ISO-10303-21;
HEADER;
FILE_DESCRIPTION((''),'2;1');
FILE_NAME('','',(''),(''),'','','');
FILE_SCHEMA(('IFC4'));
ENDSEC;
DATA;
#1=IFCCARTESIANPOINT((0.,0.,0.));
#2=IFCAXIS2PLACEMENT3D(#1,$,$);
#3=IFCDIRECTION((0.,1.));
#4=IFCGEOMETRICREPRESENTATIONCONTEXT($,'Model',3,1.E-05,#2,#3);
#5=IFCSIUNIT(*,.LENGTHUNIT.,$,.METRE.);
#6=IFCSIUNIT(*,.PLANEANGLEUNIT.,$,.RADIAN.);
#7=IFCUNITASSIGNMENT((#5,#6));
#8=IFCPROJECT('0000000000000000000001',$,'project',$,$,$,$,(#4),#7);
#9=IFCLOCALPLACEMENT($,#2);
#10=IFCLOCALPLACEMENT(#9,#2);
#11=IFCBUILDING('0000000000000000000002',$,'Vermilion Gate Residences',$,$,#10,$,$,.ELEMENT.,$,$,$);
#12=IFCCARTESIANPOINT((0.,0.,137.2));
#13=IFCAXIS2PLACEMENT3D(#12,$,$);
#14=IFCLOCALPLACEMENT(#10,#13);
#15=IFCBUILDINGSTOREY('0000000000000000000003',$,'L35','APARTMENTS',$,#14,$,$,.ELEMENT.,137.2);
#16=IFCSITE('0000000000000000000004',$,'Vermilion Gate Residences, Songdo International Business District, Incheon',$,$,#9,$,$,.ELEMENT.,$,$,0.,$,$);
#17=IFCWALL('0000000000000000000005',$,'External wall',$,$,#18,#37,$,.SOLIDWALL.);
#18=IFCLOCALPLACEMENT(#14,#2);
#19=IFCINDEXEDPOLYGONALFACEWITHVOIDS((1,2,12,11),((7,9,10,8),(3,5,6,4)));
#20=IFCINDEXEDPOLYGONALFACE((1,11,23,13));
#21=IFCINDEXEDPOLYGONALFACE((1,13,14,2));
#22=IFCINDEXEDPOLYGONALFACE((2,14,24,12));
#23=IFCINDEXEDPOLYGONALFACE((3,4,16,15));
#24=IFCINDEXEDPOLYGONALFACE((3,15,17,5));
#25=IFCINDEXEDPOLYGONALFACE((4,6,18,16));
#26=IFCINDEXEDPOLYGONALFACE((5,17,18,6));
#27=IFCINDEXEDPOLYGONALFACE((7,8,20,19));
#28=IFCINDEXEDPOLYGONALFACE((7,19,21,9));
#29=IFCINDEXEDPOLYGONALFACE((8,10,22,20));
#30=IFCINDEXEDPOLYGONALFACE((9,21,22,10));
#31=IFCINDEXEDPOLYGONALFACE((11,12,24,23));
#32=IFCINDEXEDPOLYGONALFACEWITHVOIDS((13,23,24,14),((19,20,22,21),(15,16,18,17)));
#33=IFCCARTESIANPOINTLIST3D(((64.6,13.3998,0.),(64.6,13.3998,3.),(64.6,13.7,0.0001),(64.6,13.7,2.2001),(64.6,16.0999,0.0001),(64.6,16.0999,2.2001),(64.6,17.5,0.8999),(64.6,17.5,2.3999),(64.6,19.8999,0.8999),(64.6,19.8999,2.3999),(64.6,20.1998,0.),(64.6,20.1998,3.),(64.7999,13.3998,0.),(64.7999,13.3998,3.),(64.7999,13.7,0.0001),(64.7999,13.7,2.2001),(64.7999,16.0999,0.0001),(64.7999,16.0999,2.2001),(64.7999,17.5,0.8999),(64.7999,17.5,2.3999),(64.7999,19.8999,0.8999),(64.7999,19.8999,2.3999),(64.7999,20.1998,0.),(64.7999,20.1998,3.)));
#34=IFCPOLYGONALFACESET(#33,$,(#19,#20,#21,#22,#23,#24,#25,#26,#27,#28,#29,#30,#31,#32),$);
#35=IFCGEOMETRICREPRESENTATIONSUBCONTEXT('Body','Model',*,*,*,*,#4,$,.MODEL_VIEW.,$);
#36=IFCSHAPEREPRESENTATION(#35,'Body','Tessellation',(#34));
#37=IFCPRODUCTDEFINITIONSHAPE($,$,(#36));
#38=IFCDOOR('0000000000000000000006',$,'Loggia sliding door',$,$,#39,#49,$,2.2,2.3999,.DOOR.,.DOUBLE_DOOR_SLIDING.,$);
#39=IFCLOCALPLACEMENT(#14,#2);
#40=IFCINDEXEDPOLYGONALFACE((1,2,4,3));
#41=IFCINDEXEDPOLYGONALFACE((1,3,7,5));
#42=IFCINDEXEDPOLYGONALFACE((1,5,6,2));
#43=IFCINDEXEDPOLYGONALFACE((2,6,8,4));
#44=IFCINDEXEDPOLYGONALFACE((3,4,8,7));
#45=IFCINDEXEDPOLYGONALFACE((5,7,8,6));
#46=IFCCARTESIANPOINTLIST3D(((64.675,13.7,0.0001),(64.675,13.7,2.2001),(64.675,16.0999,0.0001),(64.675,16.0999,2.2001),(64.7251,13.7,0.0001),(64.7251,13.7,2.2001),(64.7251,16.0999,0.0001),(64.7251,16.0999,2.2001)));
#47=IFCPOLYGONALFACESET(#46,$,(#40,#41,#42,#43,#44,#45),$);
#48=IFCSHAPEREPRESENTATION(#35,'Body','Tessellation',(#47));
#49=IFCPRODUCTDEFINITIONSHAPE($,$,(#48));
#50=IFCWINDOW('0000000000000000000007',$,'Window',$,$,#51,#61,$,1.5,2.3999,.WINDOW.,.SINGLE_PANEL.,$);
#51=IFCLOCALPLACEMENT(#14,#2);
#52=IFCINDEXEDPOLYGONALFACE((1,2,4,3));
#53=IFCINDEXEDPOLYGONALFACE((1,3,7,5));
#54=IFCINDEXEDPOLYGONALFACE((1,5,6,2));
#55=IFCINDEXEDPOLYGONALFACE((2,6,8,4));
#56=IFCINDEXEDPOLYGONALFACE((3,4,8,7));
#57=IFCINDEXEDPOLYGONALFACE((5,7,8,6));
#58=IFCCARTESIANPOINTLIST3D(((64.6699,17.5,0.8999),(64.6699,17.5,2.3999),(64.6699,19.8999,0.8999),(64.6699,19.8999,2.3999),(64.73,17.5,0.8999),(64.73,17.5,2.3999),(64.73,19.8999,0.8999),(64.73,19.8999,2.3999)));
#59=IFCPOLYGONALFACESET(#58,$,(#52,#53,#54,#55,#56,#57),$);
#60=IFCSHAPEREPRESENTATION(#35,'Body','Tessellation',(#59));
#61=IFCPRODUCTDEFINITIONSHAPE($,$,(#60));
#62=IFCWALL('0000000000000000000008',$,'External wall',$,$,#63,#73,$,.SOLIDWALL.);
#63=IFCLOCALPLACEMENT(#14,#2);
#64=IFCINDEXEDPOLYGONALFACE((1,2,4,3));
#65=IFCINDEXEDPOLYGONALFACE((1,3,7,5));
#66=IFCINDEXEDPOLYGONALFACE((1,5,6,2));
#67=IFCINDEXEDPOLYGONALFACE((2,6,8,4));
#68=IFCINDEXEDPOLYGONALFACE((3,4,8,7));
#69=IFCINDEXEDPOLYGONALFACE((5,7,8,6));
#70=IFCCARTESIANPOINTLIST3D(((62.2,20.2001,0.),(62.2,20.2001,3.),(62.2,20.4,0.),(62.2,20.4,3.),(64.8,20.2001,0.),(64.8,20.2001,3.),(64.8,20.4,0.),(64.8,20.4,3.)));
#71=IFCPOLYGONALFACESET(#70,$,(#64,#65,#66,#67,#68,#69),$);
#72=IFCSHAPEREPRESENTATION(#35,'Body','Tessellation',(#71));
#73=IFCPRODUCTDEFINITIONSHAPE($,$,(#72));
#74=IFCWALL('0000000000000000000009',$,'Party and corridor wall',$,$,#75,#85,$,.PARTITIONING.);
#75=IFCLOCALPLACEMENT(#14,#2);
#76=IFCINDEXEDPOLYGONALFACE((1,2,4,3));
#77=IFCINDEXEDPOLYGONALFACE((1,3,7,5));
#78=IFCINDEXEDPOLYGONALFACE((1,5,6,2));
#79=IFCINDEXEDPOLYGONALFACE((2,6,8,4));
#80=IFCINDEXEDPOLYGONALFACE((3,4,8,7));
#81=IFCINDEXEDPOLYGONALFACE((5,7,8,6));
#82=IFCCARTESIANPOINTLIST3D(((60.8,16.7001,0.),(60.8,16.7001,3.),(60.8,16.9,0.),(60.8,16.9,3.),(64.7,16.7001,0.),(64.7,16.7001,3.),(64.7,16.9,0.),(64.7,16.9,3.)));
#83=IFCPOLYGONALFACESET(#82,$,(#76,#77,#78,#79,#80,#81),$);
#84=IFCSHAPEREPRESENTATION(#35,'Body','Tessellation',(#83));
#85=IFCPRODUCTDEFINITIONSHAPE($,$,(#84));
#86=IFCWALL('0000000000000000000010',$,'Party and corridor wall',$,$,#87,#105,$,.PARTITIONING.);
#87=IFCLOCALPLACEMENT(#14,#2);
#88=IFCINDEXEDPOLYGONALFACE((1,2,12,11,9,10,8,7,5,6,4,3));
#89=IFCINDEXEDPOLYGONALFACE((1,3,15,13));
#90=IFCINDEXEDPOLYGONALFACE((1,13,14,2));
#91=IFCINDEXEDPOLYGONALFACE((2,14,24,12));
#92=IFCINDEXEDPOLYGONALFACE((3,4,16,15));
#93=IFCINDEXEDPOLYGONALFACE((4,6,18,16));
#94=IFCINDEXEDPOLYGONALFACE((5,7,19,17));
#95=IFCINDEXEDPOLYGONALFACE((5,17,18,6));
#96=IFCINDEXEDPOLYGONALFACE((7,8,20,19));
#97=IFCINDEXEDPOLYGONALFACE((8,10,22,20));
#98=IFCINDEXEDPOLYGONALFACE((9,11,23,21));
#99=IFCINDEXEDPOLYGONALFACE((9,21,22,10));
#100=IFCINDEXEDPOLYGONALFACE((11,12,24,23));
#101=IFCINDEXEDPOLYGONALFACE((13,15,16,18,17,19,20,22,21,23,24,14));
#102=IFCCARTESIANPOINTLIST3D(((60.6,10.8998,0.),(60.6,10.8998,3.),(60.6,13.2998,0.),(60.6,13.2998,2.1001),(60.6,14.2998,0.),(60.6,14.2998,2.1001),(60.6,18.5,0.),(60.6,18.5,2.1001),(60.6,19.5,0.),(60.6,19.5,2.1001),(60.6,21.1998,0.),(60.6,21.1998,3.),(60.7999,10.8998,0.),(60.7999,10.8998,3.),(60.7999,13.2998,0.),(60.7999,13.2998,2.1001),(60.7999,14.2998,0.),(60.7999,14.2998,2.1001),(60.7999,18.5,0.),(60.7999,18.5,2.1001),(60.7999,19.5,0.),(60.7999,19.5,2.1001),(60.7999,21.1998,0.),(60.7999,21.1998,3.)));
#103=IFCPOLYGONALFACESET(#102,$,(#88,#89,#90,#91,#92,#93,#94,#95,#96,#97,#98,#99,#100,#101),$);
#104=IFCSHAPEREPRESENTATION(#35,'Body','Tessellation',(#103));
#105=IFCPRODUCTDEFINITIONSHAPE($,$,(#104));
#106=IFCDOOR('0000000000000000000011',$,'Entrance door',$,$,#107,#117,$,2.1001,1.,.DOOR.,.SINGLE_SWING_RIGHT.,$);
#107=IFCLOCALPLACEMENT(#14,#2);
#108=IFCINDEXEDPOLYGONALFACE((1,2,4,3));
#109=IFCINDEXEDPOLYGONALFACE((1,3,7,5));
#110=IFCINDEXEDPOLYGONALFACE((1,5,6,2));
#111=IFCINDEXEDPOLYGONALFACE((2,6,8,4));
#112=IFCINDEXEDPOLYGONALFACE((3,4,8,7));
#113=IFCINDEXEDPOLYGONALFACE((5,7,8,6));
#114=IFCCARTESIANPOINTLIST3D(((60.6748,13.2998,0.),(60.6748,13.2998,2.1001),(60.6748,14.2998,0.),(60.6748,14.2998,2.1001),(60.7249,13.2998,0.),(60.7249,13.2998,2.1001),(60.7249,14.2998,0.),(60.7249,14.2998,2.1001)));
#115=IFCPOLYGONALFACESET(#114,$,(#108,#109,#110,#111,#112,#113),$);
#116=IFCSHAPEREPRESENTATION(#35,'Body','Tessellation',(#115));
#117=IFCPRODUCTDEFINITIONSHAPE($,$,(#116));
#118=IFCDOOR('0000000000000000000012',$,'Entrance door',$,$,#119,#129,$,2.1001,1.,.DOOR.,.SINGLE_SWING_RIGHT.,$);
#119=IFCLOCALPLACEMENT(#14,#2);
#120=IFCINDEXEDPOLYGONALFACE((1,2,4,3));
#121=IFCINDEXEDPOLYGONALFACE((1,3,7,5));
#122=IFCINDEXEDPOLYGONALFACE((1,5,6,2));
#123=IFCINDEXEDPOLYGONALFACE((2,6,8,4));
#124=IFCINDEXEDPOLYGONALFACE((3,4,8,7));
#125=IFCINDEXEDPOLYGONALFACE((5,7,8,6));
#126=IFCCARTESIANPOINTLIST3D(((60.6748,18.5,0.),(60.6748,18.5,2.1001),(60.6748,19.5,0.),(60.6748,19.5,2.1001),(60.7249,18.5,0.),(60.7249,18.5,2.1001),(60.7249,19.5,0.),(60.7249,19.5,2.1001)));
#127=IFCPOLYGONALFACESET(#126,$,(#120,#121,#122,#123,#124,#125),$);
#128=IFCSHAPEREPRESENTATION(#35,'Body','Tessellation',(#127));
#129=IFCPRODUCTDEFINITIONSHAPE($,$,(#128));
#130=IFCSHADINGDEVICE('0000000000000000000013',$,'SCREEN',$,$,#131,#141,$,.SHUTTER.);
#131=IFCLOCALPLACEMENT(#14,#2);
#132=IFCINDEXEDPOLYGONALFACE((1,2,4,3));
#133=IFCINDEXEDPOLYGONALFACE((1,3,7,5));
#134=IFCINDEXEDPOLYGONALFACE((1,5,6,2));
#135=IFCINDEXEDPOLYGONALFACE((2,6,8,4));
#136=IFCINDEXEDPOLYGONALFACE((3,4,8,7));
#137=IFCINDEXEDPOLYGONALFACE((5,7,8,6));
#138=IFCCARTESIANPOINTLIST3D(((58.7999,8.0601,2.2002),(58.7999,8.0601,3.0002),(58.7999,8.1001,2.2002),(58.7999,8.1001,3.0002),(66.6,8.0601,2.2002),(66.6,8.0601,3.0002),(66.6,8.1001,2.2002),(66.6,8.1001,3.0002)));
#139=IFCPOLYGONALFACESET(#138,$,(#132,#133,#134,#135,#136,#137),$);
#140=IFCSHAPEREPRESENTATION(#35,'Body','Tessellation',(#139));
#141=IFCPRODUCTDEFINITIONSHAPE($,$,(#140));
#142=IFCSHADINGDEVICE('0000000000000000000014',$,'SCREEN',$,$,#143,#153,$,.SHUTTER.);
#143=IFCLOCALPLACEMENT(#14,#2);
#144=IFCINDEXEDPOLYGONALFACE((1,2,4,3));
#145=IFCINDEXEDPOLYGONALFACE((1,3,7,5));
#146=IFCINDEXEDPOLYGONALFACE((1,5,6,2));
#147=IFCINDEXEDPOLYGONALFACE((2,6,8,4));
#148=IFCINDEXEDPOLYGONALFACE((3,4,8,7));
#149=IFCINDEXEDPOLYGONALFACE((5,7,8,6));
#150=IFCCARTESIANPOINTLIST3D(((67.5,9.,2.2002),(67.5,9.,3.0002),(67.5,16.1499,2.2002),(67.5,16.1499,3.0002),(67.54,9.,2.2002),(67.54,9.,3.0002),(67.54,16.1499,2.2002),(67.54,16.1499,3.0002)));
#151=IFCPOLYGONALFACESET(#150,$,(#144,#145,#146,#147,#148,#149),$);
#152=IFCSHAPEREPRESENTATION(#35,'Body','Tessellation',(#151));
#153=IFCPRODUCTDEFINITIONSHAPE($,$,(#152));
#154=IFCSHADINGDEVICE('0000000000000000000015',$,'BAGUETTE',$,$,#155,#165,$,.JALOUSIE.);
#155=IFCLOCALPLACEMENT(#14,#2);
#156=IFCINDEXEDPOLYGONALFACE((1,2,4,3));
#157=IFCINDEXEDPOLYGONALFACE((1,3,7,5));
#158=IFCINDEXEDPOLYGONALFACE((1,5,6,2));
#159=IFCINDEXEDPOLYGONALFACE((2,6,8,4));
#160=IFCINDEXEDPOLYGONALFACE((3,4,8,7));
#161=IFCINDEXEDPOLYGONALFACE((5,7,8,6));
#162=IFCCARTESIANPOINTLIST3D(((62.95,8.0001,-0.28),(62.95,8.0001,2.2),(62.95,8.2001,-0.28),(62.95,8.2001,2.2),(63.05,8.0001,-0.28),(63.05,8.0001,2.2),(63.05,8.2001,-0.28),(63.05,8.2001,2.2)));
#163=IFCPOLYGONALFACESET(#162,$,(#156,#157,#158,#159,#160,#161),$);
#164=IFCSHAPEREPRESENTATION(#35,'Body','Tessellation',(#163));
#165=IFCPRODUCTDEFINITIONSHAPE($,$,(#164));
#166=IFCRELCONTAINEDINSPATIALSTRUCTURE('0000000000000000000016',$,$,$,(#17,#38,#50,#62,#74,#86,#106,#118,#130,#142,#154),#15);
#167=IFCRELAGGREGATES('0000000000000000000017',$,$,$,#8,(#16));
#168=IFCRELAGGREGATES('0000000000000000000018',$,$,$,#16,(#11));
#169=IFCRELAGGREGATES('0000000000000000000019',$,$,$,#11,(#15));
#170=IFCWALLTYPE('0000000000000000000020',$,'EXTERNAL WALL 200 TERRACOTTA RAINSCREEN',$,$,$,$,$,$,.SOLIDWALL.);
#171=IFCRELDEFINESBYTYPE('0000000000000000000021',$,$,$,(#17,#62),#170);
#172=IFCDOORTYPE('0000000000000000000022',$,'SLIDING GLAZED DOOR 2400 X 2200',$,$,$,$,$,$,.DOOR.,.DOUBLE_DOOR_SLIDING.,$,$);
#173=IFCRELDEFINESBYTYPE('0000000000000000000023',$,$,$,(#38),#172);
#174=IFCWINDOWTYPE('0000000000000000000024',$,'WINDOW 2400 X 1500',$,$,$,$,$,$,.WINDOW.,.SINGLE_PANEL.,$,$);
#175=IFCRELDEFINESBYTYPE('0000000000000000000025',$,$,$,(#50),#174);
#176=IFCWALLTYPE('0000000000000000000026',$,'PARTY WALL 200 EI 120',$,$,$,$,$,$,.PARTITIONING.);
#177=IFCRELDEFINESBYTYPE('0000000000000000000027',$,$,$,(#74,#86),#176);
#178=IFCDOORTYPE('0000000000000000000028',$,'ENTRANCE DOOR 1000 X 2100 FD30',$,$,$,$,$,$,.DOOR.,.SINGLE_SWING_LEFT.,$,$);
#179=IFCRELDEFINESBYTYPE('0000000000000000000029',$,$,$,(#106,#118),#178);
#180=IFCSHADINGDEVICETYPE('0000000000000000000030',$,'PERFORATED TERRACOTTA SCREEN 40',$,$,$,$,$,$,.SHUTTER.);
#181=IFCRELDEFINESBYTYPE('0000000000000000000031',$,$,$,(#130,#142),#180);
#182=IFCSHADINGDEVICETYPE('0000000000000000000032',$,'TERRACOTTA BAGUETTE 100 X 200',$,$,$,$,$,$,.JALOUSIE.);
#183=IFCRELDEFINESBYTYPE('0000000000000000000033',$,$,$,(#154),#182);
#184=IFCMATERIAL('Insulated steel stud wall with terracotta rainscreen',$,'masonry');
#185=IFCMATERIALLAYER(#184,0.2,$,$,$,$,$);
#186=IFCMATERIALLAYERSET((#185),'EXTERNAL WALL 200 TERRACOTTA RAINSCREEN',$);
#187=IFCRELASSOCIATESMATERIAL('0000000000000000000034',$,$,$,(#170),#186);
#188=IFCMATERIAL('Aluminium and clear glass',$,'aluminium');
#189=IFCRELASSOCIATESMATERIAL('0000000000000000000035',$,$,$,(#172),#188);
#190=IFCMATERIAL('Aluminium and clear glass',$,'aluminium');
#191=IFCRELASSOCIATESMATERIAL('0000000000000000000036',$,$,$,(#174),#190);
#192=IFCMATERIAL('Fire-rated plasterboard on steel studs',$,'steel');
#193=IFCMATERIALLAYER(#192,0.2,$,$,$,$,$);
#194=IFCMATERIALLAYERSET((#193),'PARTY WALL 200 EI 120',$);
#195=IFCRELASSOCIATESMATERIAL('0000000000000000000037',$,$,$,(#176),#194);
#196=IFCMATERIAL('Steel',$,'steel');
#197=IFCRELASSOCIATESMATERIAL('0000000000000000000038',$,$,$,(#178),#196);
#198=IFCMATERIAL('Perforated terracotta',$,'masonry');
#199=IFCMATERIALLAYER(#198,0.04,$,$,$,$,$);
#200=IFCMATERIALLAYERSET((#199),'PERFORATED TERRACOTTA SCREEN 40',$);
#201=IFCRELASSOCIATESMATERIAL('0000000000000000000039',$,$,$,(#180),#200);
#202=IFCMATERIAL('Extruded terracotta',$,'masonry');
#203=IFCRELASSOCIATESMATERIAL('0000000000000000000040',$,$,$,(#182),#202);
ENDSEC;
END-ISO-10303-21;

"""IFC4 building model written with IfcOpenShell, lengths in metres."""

from ifc_helpers import new_model, si_unit, direction, frame, frame_2d, origin, origin_2d, place, context, subcontext, project, spatial, rectangle, extrude, material, layer, layer_set, material_profile, profile_set, type_object, element, fill, save


model = new_model("IFC4")

# Units and contexts
model_context = context("Model", 3, precision=1e-05, world=origin(), true_north=direction((0.0, 1.0)))
body_context = subcontext(model_context, "Body", "Model", "MODEL_VIEW")
ifc_project = project(units=[si_unit("LENGTHUNIT", "METRE"), si_unit("PLANEANGLEUNIT", "RADIAN")], contexts=[model_context])

# Site, building, storey
site_placement = place(None, origin())
site = spatial("IfcSite", under=ifc_project, at=site_placement, Name="Vermilion Gate Residences, Songdo International Business District, Incheon", CompositionType="ELEMENT", RefElevation=0.0)
building_placement = place(site_placement, origin())
building = spatial("IfcBuilding", under=site, at=building_placement, Name="Vermilion Gate Residences", CompositionType="ELEMENT")
storey_placement = place(building_placement, frame((0.0, 0.0, 137.2)))
storey = spatial("IfcBuildingStorey", under=building, at=storey_placement, Name="L35", Description="APARTMENTS", CompositionType="ELEMENT", Elevation=137.2)

# Shared definitions
ifc_material_1 = material(Name="Insulated steel stud wall with terracotta rainscreen", Category="masonry")
ifc_layer_1 = layer(ifc_material_1, 0.2)
ifc_layer_set_1 = layer_set([ifc_layer_1], Name="EXTERNAL WALL 200 TERRACOTTA RAINSCREEN")
wall_type_1 = type_object("IfcWallType", Name="EXTERNAL WALL 200 TERRACOTTA RAINSCREEN", PredefinedType="SOLIDWALL", material=ifc_layer_set_1)

# Wall, openings, door, window
wall_1_placement = place(storey_placement, frame((64.7, 13.3999, 0.0), z_axis=(0.0, 0.0, 1.0), x_axis=(0.0, 1.0, 0.0)))
wall_1 = element("IfcWall", 1, at=wall_1_placement, inside=storey, type_object=wall_type_1, Name="External wall", PredefinedType="SOLIDWALL", context=body_context, shape_type="SweptSolid", body=[
    extrude(rectangle(XDim=6.8, YDim=0.2, at=frame_2d((3.3999, 0.0))), origin(), (0.0, 0.0, 1.0), 3.0),
])
opening_1_placement = place(wall_1_placement, frame((4.1001, 0.0, 0.8999)))
opening_1 = element("IfcOpeningElement", 2, at=opening_1_placement, cuts=wall_1, PredefinedType="OPENING", context=body_context, shape_type="SweptSolid", body=[
    extrude(rectangle(XDim=2.3999, YDim=1.5, at=frame_2d((1.2, 0.75))), frame((0.0, 0.1099, 0.0), z_axis=(0.0, -1.0, 0.0), x_axis=(1.0, 0.0, 0.0)), (0.0, 0.0, 1.0), 0.22),
])
opening_2_placement = place(wall_1_placement, frame((0.3, 0.0, 0.0)))
opening_2 = element("IfcOpeningElement", 3, at=opening_2_placement, cuts=wall_1, PredefinedType="OPENING", context=body_context, shape_type="SweptSolid", body=[
    extrude(rectangle(XDim=2.3999, YDim=2.2, at=frame_2d((1.2, 1.1001))), frame((0.0, 0.1099, 0.0), z_axis=(0.0, -1.0, 0.0), x_axis=(1.0, 0.0, 0.0)), (0.0, 0.0, 1.0), 0.22),
])
ifc_material_2 = material(Name="Aluminium and clear glass", Category="aluminium")
door_type_1 = type_object("IfcDoorType", Name="SLIDING GLAZED DOOR 2400 X 2200", OperationType="DOUBLE_DOOR_SLIDING", PredefinedType="DOOR", material=ifc_material_2)
door_1_placement = place(opening_2_placement, origin())
door_1 = element("IfcDoor", 4, at=door_1_placement, inside=storey, type_object=door_type_1, Name="Loggia sliding door", OperationType="DOUBLE_DOOR_SLIDING", OverallHeight=2.2, OverallWidth=2.3999, PredefinedType="DOOR", context=body_context, shape_type="SweptSolid", body=[
    extrude(rectangle(XDim=2.3999, YDim=2.2, at=frame_2d((1.2, 1.1001))), frame((0.0, 0.0249, 0.0), z_axis=(0.0, -1.0, 0.0), x_axis=(1.0, 0.0, 0.0)), (0.0, 0.0, 1.0), 0.05),
])
fill(opening_2, door_1)
ifc_material_3 = material(Name="Aluminium and clear glass", Category="aluminium")
window_type_1 = type_object("IfcWindowType", Name="WINDOW 2400 X 1500", PartitioningType="SINGLE_PANEL", PredefinedType="WINDOW", material=ifc_material_3)
window_1_placement = place(opening_1_placement, origin())
window_1 = element("IfcWindow", 5, at=window_1_placement, inside=storey, type_object=window_type_1, Name="Window", OverallHeight=1.5, OverallWidth=2.3999, PartitioningType="SINGLE_PANEL", PredefinedType="WINDOW", context=body_context, shape_type="SweptSolid", body=[
    extrude(rectangle(XDim=2.3999, YDim=1.5, at=frame_2d((1.2, 0.75))), frame((0.0, 0.03, 0.0), z_axis=(0.0, -1.0, 0.0), x_axis=(1.0, 0.0, 0.0)), (0.0, 0.0, 1.0), 0.0601),
])
fill(opening_1, window_1)

# Walls
wall_2_placement = place(storey_placement, frame((64.8, 20.3, 0.0), z_axis=(0.0, 0.0, 1.0), x_axis=(-1.0, 0.0, 0.0)))
element("IfcWall", 6, at=wall_2_placement, inside=storey, type_object=wall_type_1, Name="External wall", PredefinedType="SOLIDWALL", context=body_context, shape_type="SweptSolid", body=[
    extrude(rectangle(XDim=2.6001, YDim=0.2, at=frame_2d((1.3, 0.0))), origin(), (0.0, 0.0, 1.0), 3.0),
])
ifc_material_4 = material(Name="Fire-rated plasterboard on steel studs", Category="steel")
ifc_layer_2 = layer(ifc_material_4, 0.2)
ifc_layer_set_2 = layer_set([ifc_layer_2], Name="PARTY WALL 200 EI 120")
wall_type_2 = type_object("IfcWallType", Name="PARTY WALL 200 EI 120", PredefinedType="PARTITIONING", material=ifc_layer_set_2)
wall_3_placement = place(storey_placement, frame((60.8, 16.8, 0.0), z_axis=(0.0, 0.0, 1.0), x_axis=(1.0, 0.0, 0.0)))
element("IfcWall", 7, at=wall_3_placement, inside=storey, type_object=wall_type_2, Name="Party and corridor wall", PredefinedType="PARTITIONING", context=body_context, shape_type="SweptSolid", body=[
    extrude(rectangle(XDim=3.8999, YDim=0.2, at=frame_2d((1.95, 0.0))), origin(), (0.0, 0.0, 1.0), 3.0),
])

# Wall, openings, doors
wall_4_placement = place(storey_placement, frame((60.7, 10.8999, 0.0), z_axis=(0.0, 0.0, 1.0), x_axis=(0.0, 1.0, 0.0)))
wall_4 = element("IfcWall", 8, at=wall_4_placement, inside=storey, type_object=wall_type_2, Name="Party and corridor wall", PredefinedType="PARTITIONING", context=body_context, shape_type="SweptSolid", body=[
    extrude(rectangle(XDim=10.3, YDim=0.2, at=frame_2d((5.1499, 0.0))), origin(), (0.0, 0.0, 1.0), 3.0),
])
opening_3_placement = place(wall_4_placement, frame((2.3999, 0.0, 0.0)))
opening_3 = element("IfcOpeningElement", 9, at=opening_3_placement, cuts=wall_4, PredefinedType="OPENING", context=body_context, shape_type="SweptSolid", body=[
    extrude(rectangle(XDim=1.0, YDim=2.1001, at=frame_2d((0.5, 1.05))), frame((0.0, 0.1099, 0.0), z_axis=(0.0, -1.0, 0.0), x_axis=(1.0, 0.0, 0.0)), (0.0, 0.0, 1.0), 0.22),
])
opening_4_placement = place(wall_4_placement, frame((7.6001, 0.0, 0.0)))
opening_4 = element("IfcOpeningElement", 10, at=opening_4_placement, cuts=wall_4, PredefinedType="OPENING", context=body_context, shape_type="SweptSolid", body=[
    extrude(rectangle(XDim=1.0, YDim=2.1001, at=frame_2d((0.5, 1.05))), frame((0.0, 0.1099, 0.0), z_axis=(0.0, -1.0, 0.0), x_axis=(1.0, 0.0, 0.0)), (0.0, 0.0, 1.0), 0.22),
])
ifc_material_5 = material(Name="Steel", Category="steel")
door_type_2 = type_object("IfcDoorType", Name="ENTRANCE DOOR 1000 X 2100 FD30", OperationType="SINGLE_SWING_LEFT", PredefinedType="DOOR", material=ifc_material_5)
door_2_placement = place(opening_3_placement, frame((1.0, 0.0, 0.0), z_axis=(0.0, 0.0, 1.0), x_axis=(-1.0, 0.0, 0.0)))
door_2 = element("IfcDoor", 11, at=door_2_placement, inside=storey, type_object=door_type_2, Name="Entrance door", OperationType="SINGLE_SWING_RIGHT", OverallHeight=2.1001, OverallWidth=1.0, PredefinedType="DOOR", context=body_context, shape_type="SweptSolid", body=[
    extrude(rectangle(XDim=1.0, YDim=2.1001, at=frame_2d((0.5, 1.05))), frame((0.0, 0.0249, 0.0), z_axis=(0.0, -1.0, 0.0), x_axis=(1.0, 0.0, 0.0)), (0.0, 0.0, 1.0), 0.05),
])
fill(opening_3, door_2)
door_3_placement = place(opening_4_placement, frame((1.0, 0.0, 0.0), z_axis=(0.0, 0.0, 1.0), x_axis=(-1.0, 0.0, 0.0)))
door_3 = element("IfcDoor", 12, at=door_3_placement, inside=storey, type_object=door_type_2, Name="Entrance door", OperationType="SINGLE_SWING_RIGHT", OverallHeight=2.1001, OverallWidth=1.0, PredefinedType="DOOR", context=body_context, shape_type="SweptSolid", body=[
    extrude(rectangle(XDim=1.0, YDim=2.1001, at=frame_2d((0.5, 1.05))), frame((0.0, 0.0249, 0.0), z_axis=(0.0, -1.0, 0.0), x_axis=(1.0, 0.0, 0.0)), (0.0, 0.0, 1.0), 0.05),
])
fill(opening_4, door_3)

# Shading devices
ifc_material_6 = material(Name="Perforated terracotta", Category="masonry")
ifc_layer_3 = layer(ifc_material_6, 0.04)
ifc_layer_set_3 = layer_set([ifc_layer_3], Name="PERFORATED TERRACOTTA SCREEN 40")
shading_device_type_1 = type_object("IfcShadingDeviceType", Name="PERFORATED TERRACOTTA SCREEN 40", PredefinedType="SHUTTER", material=ifc_layer_set_3)
shading_device_1_placement = place(storey_placement, frame((62.7, 8.0801, 2.2002), z_axis=(0.0, 0.0, 1.0), x_axis=(1.0, 0.0, 0.0)))
element("IfcShadingDevice", 13, at=shading_device_1_placement, inside=storey, type_object=shading_device_type_1, Name="SCREEN", PredefinedType="SHUTTER", context=body_context, shape_type="SweptSolid", body=[
    extrude(rectangle(XDim=7.8, YDim=0.04, at=origin_2d()), origin(), (0.0, 0.0, 1.0), 0.8),
])
shading_device_2_placement = place(storey_placement, frame((67.52, 12.575, 2.2002), z_axis=(0.0, 0.0, 1.0), x_axis=(0.0, 1.0, 0.0)))
element("IfcShadingDevice", 14, at=shading_device_2_placement, inside=storey, type_object=shading_device_type_1, Name="SCREEN", PredefinedType="SHUTTER", context=body_context, shape_type="SweptSolid", body=[
    extrude(rectangle(XDim=7.1499, YDim=0.04, at=origin_2d()), origin(), (0.0, 0.0, 1.0), 0.8),
])
ifc_material_7 = material(Name="Extruded terracotta", Category="masonry")
ifc_material_profile_1 = material_profile(ifc_material_7, rectangle(XDim=0.2, YDim=0.1001, at=origin_2d()), Name="BAGUETTE 100 X 200")
ifc_profile_set_1 = profile_set([ifc_material_profile_1], Name="Extruded terracotta")
shading_device_type_2 = type_object("IfcShadingDeviceType", Name="TERRACOTTA BAGUETTE 100 X 200", PredefinedType="JALOUSIE", material=ifc_profile_set_1)
for number, where, z_axis, x_axis, name in (
    (15, (63.0, 8.1001, -0.28), (0.0, 0.0, 1.0), (0.0, 1.0, 0.0), "BAGUETTE"),
):
    element("IfcShadingDevice", number, at=place(storey_placement, frame(where, z_axis=z_axis, x_axis=x_axis)), inside=storey, type_object=shading_device_type_2, Name=name, PredefinedType="JALOUSIE", context=body_context, shape_type="SweptSolid", body=[
        extrude(rectangle(XDim=0.2, YDim=0.1001, at=origin_2d()), origin(), (0.0, 0.0, 1.0), 2.48),
    ])

save(model, "model.ifc")
